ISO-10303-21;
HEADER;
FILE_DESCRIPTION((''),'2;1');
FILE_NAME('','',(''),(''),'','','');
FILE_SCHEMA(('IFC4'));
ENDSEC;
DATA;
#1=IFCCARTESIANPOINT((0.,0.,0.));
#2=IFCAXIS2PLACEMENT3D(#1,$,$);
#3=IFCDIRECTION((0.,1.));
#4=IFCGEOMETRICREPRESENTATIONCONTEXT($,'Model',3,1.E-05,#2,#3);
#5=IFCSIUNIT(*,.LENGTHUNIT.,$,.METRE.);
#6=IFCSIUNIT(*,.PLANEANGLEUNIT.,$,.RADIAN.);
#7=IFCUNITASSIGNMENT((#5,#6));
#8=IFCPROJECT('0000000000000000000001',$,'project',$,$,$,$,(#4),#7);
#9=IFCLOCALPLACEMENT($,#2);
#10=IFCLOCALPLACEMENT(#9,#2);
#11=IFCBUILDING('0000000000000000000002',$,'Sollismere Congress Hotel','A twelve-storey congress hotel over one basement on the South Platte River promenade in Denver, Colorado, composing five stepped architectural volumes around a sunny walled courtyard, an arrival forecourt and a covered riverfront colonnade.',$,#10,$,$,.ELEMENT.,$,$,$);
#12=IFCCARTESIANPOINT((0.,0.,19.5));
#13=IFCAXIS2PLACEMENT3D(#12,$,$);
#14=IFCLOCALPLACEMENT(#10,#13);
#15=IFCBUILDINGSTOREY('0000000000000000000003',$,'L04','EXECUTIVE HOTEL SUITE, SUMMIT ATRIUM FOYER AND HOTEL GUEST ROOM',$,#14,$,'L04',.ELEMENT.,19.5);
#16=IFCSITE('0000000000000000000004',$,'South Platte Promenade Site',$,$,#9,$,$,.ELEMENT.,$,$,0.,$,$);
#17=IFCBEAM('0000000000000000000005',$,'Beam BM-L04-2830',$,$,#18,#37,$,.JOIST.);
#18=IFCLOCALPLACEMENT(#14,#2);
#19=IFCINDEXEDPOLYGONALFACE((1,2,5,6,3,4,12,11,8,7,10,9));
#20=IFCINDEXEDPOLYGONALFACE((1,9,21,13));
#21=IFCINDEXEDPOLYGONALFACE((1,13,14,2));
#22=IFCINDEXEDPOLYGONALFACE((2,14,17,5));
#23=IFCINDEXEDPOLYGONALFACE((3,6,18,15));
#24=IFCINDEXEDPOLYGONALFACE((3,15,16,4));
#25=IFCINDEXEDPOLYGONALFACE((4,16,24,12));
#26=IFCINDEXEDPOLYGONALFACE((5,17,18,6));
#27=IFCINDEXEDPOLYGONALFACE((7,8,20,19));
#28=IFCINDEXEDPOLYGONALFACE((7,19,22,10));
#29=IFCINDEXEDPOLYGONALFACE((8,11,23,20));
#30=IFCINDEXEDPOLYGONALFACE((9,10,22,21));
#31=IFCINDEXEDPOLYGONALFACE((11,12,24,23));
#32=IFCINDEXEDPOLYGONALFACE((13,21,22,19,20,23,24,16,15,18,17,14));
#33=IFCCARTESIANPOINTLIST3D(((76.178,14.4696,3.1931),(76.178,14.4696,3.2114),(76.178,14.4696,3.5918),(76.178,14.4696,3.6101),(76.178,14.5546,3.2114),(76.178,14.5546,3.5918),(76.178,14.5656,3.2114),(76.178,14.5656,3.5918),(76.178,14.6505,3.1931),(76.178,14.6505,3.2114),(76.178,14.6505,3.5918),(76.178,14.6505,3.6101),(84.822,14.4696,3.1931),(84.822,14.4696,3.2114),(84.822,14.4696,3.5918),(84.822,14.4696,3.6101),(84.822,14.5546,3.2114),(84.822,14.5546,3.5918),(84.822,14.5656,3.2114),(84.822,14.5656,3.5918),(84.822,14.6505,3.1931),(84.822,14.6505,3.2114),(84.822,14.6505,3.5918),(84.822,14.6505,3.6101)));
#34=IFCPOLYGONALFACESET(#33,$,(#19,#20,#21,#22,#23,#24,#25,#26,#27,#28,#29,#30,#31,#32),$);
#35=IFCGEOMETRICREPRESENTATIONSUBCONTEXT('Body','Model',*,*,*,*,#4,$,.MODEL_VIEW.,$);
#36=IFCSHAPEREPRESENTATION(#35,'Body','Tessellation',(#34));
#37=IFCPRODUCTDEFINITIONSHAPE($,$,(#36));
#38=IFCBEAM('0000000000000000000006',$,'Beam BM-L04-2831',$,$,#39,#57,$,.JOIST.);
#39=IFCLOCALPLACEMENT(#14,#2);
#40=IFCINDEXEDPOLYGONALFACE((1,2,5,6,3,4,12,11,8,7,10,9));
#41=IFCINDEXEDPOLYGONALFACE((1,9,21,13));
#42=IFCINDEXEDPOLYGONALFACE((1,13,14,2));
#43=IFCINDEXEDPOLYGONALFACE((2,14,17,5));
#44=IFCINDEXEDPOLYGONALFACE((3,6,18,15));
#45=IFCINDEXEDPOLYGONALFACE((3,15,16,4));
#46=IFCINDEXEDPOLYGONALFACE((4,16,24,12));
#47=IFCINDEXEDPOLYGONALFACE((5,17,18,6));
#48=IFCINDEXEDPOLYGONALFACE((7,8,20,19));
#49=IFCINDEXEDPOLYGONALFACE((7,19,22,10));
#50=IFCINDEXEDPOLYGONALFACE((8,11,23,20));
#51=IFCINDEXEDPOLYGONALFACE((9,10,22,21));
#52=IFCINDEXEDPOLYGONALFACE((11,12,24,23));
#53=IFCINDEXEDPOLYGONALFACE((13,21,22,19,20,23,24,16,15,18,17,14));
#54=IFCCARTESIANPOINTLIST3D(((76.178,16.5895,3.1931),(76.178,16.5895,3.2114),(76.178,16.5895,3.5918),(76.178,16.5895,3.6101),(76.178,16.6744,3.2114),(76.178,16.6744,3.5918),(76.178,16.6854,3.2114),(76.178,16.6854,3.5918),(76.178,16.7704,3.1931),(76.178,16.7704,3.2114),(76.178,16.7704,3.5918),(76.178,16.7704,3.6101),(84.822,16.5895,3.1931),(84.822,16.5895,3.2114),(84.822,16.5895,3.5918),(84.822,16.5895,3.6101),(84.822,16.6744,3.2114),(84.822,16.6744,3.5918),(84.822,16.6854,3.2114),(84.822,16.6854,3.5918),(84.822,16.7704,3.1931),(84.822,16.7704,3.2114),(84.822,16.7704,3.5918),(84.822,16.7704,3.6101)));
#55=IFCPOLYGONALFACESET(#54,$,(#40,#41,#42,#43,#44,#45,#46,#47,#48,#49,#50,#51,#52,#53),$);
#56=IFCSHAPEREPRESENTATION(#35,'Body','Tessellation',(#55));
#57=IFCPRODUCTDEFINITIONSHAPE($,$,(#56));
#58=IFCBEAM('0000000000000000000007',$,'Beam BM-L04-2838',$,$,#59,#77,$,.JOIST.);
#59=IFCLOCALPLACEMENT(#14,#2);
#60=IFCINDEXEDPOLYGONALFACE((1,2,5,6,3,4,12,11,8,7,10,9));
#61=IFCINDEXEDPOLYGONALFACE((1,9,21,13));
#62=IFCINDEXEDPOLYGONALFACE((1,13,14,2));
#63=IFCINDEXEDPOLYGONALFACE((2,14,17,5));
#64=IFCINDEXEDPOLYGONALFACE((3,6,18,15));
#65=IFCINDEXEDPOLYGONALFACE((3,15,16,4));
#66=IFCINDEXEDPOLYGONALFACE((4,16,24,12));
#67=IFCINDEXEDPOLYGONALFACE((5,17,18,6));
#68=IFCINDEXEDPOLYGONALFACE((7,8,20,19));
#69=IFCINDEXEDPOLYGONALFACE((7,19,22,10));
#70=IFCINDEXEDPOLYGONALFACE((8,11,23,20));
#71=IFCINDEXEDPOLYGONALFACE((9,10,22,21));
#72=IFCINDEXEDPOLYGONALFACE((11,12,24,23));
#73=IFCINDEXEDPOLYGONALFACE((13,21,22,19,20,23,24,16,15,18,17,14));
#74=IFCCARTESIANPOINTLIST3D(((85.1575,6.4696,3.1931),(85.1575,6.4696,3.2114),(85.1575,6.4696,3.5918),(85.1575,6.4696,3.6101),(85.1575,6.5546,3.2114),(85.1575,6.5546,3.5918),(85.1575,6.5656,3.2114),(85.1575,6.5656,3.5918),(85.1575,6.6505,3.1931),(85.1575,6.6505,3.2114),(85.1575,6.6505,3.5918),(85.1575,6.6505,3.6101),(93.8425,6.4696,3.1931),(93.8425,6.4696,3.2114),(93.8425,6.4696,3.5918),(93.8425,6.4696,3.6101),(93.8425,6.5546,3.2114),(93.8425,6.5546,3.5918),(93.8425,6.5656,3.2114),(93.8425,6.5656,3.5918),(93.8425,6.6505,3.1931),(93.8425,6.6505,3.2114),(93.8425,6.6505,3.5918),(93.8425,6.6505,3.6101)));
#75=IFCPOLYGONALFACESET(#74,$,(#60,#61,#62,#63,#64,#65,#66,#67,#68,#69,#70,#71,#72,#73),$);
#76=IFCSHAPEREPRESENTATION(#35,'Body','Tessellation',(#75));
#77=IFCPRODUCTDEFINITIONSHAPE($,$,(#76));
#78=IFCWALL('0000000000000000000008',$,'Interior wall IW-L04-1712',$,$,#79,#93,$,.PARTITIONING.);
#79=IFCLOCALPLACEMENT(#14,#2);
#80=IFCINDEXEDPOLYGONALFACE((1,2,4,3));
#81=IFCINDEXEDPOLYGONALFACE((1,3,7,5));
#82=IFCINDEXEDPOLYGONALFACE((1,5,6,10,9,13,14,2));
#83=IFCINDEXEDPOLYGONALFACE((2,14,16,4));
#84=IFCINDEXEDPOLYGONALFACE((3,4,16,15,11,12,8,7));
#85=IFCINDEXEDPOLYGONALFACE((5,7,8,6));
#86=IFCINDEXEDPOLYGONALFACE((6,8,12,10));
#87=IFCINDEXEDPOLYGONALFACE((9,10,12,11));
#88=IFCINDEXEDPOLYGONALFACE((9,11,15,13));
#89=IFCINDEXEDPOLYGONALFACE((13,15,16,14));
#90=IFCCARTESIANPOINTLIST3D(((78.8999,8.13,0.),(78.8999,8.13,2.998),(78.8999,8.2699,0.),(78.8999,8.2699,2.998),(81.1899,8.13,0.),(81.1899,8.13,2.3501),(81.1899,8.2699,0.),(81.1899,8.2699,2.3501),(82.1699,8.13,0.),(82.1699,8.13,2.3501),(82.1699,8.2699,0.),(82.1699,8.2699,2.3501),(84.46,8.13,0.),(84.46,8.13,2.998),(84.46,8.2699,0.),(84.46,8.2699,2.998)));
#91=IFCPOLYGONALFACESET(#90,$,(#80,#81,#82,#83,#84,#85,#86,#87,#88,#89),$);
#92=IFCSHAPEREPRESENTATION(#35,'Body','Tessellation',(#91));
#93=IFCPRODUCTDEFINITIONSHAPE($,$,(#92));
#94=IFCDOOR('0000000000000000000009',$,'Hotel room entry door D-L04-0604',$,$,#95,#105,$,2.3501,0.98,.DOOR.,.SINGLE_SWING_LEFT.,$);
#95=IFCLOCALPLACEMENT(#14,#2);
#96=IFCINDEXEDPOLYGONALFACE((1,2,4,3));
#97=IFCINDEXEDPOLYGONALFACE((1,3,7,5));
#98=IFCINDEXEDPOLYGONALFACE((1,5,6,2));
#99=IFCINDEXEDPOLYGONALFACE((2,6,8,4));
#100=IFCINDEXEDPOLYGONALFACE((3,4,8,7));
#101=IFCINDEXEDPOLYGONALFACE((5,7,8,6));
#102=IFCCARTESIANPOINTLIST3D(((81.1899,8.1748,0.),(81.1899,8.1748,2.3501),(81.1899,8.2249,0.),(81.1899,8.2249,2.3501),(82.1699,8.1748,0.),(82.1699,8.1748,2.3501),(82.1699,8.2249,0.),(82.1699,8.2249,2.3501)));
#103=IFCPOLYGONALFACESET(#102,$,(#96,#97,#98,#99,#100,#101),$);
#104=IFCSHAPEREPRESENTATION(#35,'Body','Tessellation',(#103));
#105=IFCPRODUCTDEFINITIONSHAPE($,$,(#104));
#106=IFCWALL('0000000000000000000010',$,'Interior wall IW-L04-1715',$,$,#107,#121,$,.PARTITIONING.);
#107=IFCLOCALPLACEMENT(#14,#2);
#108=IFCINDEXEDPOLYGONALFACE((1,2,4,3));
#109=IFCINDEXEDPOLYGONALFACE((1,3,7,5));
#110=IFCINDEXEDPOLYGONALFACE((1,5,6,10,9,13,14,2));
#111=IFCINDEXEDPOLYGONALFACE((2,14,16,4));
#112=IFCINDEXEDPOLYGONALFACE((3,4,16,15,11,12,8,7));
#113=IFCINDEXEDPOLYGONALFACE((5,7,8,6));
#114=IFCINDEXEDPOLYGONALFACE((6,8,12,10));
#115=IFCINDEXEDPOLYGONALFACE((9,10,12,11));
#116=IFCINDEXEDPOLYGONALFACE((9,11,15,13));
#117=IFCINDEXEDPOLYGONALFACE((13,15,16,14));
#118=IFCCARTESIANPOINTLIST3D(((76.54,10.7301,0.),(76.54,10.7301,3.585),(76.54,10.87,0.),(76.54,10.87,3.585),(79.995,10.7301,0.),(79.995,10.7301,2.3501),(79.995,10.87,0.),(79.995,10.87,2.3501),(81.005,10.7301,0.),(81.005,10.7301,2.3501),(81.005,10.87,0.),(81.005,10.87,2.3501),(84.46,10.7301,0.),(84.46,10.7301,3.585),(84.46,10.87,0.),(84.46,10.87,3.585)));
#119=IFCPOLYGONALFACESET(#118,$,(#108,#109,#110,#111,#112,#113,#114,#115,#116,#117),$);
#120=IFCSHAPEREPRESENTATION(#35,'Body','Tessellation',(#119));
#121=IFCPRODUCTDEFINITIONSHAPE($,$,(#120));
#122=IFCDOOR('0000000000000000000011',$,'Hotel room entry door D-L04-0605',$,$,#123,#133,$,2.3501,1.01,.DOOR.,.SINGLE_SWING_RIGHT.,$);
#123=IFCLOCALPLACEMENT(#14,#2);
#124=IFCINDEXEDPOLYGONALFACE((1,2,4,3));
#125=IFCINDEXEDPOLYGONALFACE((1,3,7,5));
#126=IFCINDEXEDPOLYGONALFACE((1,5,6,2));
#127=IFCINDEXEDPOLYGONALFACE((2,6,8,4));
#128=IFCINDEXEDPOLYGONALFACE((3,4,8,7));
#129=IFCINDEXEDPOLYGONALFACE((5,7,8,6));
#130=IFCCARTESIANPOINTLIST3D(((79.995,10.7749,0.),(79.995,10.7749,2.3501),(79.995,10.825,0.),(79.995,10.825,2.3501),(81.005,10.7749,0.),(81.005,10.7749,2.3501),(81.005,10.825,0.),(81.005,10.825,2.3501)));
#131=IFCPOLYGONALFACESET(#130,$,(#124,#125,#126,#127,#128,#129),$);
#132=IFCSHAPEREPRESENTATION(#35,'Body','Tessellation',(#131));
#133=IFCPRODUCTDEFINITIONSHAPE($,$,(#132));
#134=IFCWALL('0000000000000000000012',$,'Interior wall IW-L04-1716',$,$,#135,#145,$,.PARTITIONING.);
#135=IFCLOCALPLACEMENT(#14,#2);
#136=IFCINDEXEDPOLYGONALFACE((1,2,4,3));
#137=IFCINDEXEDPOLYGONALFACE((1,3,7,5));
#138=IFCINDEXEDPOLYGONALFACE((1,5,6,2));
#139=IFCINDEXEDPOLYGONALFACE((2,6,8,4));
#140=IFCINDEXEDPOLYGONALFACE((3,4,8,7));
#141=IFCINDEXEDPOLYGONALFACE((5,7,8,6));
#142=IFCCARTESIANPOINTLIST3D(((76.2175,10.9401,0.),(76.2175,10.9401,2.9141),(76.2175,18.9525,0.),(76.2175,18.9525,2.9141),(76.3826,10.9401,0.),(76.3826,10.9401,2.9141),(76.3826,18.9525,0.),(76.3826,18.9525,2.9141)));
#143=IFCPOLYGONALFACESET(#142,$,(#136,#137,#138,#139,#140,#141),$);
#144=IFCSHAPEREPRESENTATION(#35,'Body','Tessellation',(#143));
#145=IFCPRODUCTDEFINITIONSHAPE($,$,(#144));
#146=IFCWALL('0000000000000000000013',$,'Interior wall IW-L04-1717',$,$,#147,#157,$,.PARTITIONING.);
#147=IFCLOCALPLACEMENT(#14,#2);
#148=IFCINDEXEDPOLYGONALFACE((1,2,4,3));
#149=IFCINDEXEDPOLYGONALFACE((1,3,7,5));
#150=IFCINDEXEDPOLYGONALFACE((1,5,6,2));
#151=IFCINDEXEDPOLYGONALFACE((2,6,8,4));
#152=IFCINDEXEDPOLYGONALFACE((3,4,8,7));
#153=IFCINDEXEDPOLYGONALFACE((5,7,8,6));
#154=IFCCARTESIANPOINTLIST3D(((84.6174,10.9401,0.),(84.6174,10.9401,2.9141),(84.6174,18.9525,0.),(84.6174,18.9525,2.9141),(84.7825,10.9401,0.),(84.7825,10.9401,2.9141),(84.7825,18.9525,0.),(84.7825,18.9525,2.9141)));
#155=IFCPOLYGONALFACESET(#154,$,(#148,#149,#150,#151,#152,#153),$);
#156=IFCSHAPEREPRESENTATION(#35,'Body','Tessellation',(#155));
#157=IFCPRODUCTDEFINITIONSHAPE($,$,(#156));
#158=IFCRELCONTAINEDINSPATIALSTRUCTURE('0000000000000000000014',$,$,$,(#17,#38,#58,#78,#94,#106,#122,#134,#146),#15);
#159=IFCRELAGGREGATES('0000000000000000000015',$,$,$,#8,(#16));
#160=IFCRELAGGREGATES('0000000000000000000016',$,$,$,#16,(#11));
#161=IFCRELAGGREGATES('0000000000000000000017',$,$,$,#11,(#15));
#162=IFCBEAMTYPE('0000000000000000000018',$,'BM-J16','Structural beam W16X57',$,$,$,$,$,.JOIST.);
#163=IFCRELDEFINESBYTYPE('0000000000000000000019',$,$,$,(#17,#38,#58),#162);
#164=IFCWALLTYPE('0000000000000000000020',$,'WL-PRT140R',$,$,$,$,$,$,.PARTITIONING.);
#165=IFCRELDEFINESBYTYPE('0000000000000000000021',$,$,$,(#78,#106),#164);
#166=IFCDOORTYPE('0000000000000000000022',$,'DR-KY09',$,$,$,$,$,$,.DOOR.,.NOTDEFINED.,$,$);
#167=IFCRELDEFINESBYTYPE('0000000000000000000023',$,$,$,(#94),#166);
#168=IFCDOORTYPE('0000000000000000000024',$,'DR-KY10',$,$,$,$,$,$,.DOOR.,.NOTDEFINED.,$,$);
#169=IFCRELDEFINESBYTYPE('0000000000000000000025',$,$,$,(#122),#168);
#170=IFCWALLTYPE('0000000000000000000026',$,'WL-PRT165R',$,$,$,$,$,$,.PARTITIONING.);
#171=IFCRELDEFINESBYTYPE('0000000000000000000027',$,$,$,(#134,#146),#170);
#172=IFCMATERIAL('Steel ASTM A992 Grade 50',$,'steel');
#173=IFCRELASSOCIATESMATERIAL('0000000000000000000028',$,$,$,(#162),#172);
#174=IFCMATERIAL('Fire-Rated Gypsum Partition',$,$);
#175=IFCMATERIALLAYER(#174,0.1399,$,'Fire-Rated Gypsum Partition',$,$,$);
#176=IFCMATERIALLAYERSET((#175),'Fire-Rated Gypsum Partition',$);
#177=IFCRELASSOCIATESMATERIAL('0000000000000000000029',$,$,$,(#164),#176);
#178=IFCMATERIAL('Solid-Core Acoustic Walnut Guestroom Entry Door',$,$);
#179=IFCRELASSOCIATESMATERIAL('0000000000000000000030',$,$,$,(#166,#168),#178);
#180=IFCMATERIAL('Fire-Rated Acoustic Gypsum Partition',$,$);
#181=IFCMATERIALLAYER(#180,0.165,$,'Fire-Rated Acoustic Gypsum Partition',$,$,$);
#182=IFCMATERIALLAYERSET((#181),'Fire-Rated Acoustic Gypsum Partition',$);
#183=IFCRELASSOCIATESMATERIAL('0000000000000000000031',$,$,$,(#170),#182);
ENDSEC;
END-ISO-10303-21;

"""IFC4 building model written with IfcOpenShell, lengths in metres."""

from ifc_helpers import new_model, si_unit, direction, frame, frame_2d, origin, origin_2d, place, context, subcontext, project, spatial, rectangle, i_section, extrude, material, layer, layer_set, material_profile, profile_set, type_object, element, fill, save


model = new_model("IFC4")

# Units and contexts
model_context = context("Model", 3, precision=1e-05, world=origin(), true_north=direction((0.0, 1.0)))
body_context = subcontext(model_context, "Body", "Model", "MODEL_VIEW")
ifc_project = project(units=[si_unit("LENGTHUNIT", "METRE"), si_unit("PLANEANGLEUNIT", "RADIAN")], contexts=[model_context])

# Site, building, storey
site_placement = place(None, origin())
site = spatial("IfcSite", under=ifc_project, at=site_placement, Name="South Platte Promenade Site", CompositionType="ELEMENT", RefElevation=0.0)
building_placement = place(site_placement, origin())
building = spatial("IfcBuilding", under=site, at=building_placement, Name="Sollismere Congress Hotel", Description="A twelve-storey congress hotel over one basement on the South Platte River promenade in Denver, Colorado, composing five stepped architectural volumes around a sunny walled courtyard, an arrival forecourt and a covered riverfront colonnade.", CompositionType="ELEMENT")
storey_placement = place(building_placement, frame((0.0, 0.0, 19.5)))
storey = spatial("IfcBuildingStorey", under=building, at=storey_placement, Name="L04", Description="EXECUTIVE HOTEL SUITE, SUMMIT ATRIUM FOYER AND HOTEL GUEST ROOM", LongName="L04", CompositionType="ELEMENT", Elevation=19.5)

# Shared definitions
ifc_material_1 = material(Name="Steel ASTM A992 Grade 50", Category="steel")

# Beams
ifc_material_profile_1 = material_profile(ifc_material_1, i_section(OverallWidth=0.1809, OverallDepth=0.417, WebThickness=0.011, FlangeThickness=0.0183, at=origin_2d()), Name="W16X57")
ifc_profile_set_1 = profile_set([ifc_material_profile_1], Name="Steel ASTM A992 Grade 50")
beam_type_1 = type_object("IfcBeamType", Name="BM-J16", Description="Structural beam W16X57", PredefinedType="JOIST", material=ifc_profile_set_1)
for number, where, z_axis, x_axis, name in (
    (1, (76.178, 14.5601, 3.4016), (1.0, 0.0, 0.0), (0.0, 1.0, 0.0), "Beam BM-L04-2830"),
    (2, (76.178, 16.6799, 3.4016), (1.0, 0.0, 0.0), (0.0, 1.0, 0.0), "Beam BM-L04-2831"),
):
    element("IfcBeam", number, at=place(storey_placement, frame(where, z_axis=z_axis, x_axis=x_axis)), inside=storey, type_object=beam_type_1, Name=name, PredefinedType="JOIST", context=body_context, shape_type="SweptSolid", body=[
        extrude(i_section(OverallWidth=0.1809, OverallDepth=0.417, WebThickness=0.011, FlangeThickness=0.0183, at=origin_2d()), origin(), (0.0, 0.0, 1.0), 8.644),
    ])
beam_1_placement = place(storey_placement, frame((85.1575, 6.5601, 3.4016), z_axis=(1.0, 0.0, 0.0), x_axis=(0.0, 1.0, 0.0)))
element("IfcBeam", 3, at=beam_1_placement, inside=storey, type_object=beam_type_1, Name="Beam BM-L04-2838", PredefinedType="JOIST", context=body_context, shape_type="SweptSolid", body=[
    extrude(i_section(OverallWidth=0.1809, OverallDepth=0.417, WebThickness=0.011, FlangeThickness=0.0183, at=origin_2d()), origin(), (0.0, 0.0, 1.0), 8.6851),
])

# Walls, openings, doors
ifc_material_2 = material(Name="Fire-Rated Gypsum Partition")
ifc_layer_1 = layer(ifc_material_2, 0.1399, Name="Fire-Rated Gypsum Partition")
ifc_layer_set_1 = layer_set([ifc_layer_1], Name="Fire-Rated Gypsum Partition")
wall_type_1 = type_object("IfcWallType", Name="WL-PRT140R", PredefinedType="PARTITIONING", material=ifc_layer_set_1)
wall_1_placement = place(storey_placement, frame((78.8999, 8.2, 0.0), z_axis=(0.0, 0.0, 1.0), x_axis=(1.0, 0.0, 0.0)))
wall_1 = element("IfcWall", 4, at=wall_1_placement, inside=storey, type_object=wall_type_1, Name="Interior wall IW-L04-1712", PredefinedType="PARTITIONING", context=body_context, shape_type="SweptSolid", body=[
    extrude(rectangle(XDim=5.5601, YDim=0.1399, at=frame_2d((2.78, 0.0))), origin(), (0.0, 0.0, 1.0), 2.998),
])
opening_1_placement = place(wall_1_placement, frame((2.29, 0.0, 0.0)))
opening_1 = element("IfcOpeningElement", 5, at=opening_1_placement, cuts=wall_1, PredefinedType="OPENING", context=body_context, shape_type="SweptSolid", body=[
    extrude(rectangle(XDim=0.98, YDim=2.3501, at=frame_2d((0.49, 1.175))), frame((0.0, 0.0798, 0.0), z_axis=(0.0, -1.0, 0.0), x_axis=(1.0, 0.0, 0.0)), (0.0, 0.0, 1.0), 0.1599),
])
ifc_material_3 = material(Name="Solid-Core Acoustic Walnut Guestroom Entry Door")
door_type_1 = type_object("IfcDoorType", Name="DR-KY09", OperationType="NOTDEFINED", PredefinedType="DOOR", material=ifc_material_3)
door_1_placement = place(opening_1_placement, origin())
door_1 = element("IfcDoor", 6, at=door_1_placement, inside=storey, type_object=door_type_1, Name="Hotel room entry door D-L04-0604", OperationType="SINGLE_SWING_LEFT", OverallHeight=2.3501, OverallWidth=0.98, PredefinedType="DOOR", context=body_context, shape_type="SweptSolid", body=[
    extrude(rectangle(XDim=0.98, YDim=2.3501, at=frame_2d((0.49, 1.175))), frame((0.0, 0.0249, 0.0), z_axis=(0.0, -1.0, 0.0), x_axis=(1.0, 0.0, 0.0)), (0.0, 0.0, 1.0), 0.05),
])
fill(opening_1, door_1)
wall_2_placement = place(storey_placement, frame((76.54, 10.8, 0.0), z_axis=(0.0, 0.0, 1.0), x_axis=(1.0, 0.0, 0.0)))
wall_2 = element("IfcWall", 7, at=wall_2_placement, inside=storey, type_object=wall_type_1, Name="Interior wall IW-L04-1715", PredefinedType="PARTITIONING", context=body_context, shape_type="SweptSolid", body=[
    extrude(rectangle(XDim=7.9199, YDim=0.1399, at=frame_2d((3.96, 0.0))), origin(), (0.0, 0.0, 1.0), 3.585),
])
opening_2_placement = place(wall_2_placement, frame((3.4551, 0.0, 0.0)))
opening_2 = element("IfcOpeningElement", 8, at=opening_2_placement, cuts=wall_2, PredefinedType="OPENING", context=body_context, shape_type="SweptSolid", body=[
    extrude(rectangle(XDim=1.01, YDim=2.3501, at=frame_2d((0.5049, 1.175))), frame((0.0, 0.0798, 0.0), z_axis=(0.0, -1.0, 0.0), x_axis=(1.0, 0.0, 0.0)), (0.0, 0.0, 1.0), 0.1599),
])
door_type_2 = type_object("IfcDoorType", Name="DR-KY10", OperationType="NOTDEFINED", PredefinedType="DOOR", material=ifc_material_3)
door_2_placement = place(opening_2_placement, origin())
door_2 = element("IfcDoor", 9, at=door_2_placement, inside=storey, type_object=door_type_2, Name="Hotel room entry door D-L04-0605", OperationType="SINGLE_SWING_RIGHT", OverallHeight=2.3501, OverallWidth=1.01, PredefinedType="DOOR", context=body_context, shape_type="SweptSolid", body=[
    extrude(rectangle(XDim=1.01, YDim=2.3501, at=frame_2d((0.5049, 1.175))), frame((0.0, 0.0249, 0.0), z_axis=(0.0, -1.0, 0.0), x_axis=(1.0, 0.0, 0.0)), (0.0, 0.0, 1.0), 0.05),
])
fill(opening_2, door_2)

# Walls
ifc_material_4 = material(Name="Fire-Rated Acoustic Gypsum Partition")
ifc_layer_2 = layer(ifc_material_4, 0.165, Name="Fire-Rated Acoustic Gypsum Partition")
ifc_layer_set_2 = layer_set([ifc_layer_2], Name="Fire-Rated Acoustic Gypsum Partition")
wall_type_2 = type_object("IfcWallType", Name="WL-PRT165R", PredefinedType="PARTITIONING", material=ifc_layer_set_2)
for number, where, z_axis, x_axis, name in (
    (10, (76.3, 10.9399, 0.0), (0.0, 0.0, 1.0), (0.0, 1.0, 0.0), "Interior wall IW-L04-1716"),
    (11, (84.7, 10.9399, 0.0), (0.0, 0.0, 1.0), (0.0, 1.0, 0.0), "Interior wall IW-L04-1717"),
):
    element("IfcWall", number, at=place(storey_placement, frame(where, z_axis=z_axis, x_axis=x_axis)), inside=storey, type_object=wall_type_2, Name=name, PredefinedType="PARTITIONING", context=body_context, shape_type="SweptSolid", body=[
        extrude(rectangle(XDim=8.0125, YDim=0.165, at=frame_2d((4.0063, 0.0))), origin(), (0.0, 0.0, 1.0), 2.9141),
    ])

save(model, "model.ifc")
